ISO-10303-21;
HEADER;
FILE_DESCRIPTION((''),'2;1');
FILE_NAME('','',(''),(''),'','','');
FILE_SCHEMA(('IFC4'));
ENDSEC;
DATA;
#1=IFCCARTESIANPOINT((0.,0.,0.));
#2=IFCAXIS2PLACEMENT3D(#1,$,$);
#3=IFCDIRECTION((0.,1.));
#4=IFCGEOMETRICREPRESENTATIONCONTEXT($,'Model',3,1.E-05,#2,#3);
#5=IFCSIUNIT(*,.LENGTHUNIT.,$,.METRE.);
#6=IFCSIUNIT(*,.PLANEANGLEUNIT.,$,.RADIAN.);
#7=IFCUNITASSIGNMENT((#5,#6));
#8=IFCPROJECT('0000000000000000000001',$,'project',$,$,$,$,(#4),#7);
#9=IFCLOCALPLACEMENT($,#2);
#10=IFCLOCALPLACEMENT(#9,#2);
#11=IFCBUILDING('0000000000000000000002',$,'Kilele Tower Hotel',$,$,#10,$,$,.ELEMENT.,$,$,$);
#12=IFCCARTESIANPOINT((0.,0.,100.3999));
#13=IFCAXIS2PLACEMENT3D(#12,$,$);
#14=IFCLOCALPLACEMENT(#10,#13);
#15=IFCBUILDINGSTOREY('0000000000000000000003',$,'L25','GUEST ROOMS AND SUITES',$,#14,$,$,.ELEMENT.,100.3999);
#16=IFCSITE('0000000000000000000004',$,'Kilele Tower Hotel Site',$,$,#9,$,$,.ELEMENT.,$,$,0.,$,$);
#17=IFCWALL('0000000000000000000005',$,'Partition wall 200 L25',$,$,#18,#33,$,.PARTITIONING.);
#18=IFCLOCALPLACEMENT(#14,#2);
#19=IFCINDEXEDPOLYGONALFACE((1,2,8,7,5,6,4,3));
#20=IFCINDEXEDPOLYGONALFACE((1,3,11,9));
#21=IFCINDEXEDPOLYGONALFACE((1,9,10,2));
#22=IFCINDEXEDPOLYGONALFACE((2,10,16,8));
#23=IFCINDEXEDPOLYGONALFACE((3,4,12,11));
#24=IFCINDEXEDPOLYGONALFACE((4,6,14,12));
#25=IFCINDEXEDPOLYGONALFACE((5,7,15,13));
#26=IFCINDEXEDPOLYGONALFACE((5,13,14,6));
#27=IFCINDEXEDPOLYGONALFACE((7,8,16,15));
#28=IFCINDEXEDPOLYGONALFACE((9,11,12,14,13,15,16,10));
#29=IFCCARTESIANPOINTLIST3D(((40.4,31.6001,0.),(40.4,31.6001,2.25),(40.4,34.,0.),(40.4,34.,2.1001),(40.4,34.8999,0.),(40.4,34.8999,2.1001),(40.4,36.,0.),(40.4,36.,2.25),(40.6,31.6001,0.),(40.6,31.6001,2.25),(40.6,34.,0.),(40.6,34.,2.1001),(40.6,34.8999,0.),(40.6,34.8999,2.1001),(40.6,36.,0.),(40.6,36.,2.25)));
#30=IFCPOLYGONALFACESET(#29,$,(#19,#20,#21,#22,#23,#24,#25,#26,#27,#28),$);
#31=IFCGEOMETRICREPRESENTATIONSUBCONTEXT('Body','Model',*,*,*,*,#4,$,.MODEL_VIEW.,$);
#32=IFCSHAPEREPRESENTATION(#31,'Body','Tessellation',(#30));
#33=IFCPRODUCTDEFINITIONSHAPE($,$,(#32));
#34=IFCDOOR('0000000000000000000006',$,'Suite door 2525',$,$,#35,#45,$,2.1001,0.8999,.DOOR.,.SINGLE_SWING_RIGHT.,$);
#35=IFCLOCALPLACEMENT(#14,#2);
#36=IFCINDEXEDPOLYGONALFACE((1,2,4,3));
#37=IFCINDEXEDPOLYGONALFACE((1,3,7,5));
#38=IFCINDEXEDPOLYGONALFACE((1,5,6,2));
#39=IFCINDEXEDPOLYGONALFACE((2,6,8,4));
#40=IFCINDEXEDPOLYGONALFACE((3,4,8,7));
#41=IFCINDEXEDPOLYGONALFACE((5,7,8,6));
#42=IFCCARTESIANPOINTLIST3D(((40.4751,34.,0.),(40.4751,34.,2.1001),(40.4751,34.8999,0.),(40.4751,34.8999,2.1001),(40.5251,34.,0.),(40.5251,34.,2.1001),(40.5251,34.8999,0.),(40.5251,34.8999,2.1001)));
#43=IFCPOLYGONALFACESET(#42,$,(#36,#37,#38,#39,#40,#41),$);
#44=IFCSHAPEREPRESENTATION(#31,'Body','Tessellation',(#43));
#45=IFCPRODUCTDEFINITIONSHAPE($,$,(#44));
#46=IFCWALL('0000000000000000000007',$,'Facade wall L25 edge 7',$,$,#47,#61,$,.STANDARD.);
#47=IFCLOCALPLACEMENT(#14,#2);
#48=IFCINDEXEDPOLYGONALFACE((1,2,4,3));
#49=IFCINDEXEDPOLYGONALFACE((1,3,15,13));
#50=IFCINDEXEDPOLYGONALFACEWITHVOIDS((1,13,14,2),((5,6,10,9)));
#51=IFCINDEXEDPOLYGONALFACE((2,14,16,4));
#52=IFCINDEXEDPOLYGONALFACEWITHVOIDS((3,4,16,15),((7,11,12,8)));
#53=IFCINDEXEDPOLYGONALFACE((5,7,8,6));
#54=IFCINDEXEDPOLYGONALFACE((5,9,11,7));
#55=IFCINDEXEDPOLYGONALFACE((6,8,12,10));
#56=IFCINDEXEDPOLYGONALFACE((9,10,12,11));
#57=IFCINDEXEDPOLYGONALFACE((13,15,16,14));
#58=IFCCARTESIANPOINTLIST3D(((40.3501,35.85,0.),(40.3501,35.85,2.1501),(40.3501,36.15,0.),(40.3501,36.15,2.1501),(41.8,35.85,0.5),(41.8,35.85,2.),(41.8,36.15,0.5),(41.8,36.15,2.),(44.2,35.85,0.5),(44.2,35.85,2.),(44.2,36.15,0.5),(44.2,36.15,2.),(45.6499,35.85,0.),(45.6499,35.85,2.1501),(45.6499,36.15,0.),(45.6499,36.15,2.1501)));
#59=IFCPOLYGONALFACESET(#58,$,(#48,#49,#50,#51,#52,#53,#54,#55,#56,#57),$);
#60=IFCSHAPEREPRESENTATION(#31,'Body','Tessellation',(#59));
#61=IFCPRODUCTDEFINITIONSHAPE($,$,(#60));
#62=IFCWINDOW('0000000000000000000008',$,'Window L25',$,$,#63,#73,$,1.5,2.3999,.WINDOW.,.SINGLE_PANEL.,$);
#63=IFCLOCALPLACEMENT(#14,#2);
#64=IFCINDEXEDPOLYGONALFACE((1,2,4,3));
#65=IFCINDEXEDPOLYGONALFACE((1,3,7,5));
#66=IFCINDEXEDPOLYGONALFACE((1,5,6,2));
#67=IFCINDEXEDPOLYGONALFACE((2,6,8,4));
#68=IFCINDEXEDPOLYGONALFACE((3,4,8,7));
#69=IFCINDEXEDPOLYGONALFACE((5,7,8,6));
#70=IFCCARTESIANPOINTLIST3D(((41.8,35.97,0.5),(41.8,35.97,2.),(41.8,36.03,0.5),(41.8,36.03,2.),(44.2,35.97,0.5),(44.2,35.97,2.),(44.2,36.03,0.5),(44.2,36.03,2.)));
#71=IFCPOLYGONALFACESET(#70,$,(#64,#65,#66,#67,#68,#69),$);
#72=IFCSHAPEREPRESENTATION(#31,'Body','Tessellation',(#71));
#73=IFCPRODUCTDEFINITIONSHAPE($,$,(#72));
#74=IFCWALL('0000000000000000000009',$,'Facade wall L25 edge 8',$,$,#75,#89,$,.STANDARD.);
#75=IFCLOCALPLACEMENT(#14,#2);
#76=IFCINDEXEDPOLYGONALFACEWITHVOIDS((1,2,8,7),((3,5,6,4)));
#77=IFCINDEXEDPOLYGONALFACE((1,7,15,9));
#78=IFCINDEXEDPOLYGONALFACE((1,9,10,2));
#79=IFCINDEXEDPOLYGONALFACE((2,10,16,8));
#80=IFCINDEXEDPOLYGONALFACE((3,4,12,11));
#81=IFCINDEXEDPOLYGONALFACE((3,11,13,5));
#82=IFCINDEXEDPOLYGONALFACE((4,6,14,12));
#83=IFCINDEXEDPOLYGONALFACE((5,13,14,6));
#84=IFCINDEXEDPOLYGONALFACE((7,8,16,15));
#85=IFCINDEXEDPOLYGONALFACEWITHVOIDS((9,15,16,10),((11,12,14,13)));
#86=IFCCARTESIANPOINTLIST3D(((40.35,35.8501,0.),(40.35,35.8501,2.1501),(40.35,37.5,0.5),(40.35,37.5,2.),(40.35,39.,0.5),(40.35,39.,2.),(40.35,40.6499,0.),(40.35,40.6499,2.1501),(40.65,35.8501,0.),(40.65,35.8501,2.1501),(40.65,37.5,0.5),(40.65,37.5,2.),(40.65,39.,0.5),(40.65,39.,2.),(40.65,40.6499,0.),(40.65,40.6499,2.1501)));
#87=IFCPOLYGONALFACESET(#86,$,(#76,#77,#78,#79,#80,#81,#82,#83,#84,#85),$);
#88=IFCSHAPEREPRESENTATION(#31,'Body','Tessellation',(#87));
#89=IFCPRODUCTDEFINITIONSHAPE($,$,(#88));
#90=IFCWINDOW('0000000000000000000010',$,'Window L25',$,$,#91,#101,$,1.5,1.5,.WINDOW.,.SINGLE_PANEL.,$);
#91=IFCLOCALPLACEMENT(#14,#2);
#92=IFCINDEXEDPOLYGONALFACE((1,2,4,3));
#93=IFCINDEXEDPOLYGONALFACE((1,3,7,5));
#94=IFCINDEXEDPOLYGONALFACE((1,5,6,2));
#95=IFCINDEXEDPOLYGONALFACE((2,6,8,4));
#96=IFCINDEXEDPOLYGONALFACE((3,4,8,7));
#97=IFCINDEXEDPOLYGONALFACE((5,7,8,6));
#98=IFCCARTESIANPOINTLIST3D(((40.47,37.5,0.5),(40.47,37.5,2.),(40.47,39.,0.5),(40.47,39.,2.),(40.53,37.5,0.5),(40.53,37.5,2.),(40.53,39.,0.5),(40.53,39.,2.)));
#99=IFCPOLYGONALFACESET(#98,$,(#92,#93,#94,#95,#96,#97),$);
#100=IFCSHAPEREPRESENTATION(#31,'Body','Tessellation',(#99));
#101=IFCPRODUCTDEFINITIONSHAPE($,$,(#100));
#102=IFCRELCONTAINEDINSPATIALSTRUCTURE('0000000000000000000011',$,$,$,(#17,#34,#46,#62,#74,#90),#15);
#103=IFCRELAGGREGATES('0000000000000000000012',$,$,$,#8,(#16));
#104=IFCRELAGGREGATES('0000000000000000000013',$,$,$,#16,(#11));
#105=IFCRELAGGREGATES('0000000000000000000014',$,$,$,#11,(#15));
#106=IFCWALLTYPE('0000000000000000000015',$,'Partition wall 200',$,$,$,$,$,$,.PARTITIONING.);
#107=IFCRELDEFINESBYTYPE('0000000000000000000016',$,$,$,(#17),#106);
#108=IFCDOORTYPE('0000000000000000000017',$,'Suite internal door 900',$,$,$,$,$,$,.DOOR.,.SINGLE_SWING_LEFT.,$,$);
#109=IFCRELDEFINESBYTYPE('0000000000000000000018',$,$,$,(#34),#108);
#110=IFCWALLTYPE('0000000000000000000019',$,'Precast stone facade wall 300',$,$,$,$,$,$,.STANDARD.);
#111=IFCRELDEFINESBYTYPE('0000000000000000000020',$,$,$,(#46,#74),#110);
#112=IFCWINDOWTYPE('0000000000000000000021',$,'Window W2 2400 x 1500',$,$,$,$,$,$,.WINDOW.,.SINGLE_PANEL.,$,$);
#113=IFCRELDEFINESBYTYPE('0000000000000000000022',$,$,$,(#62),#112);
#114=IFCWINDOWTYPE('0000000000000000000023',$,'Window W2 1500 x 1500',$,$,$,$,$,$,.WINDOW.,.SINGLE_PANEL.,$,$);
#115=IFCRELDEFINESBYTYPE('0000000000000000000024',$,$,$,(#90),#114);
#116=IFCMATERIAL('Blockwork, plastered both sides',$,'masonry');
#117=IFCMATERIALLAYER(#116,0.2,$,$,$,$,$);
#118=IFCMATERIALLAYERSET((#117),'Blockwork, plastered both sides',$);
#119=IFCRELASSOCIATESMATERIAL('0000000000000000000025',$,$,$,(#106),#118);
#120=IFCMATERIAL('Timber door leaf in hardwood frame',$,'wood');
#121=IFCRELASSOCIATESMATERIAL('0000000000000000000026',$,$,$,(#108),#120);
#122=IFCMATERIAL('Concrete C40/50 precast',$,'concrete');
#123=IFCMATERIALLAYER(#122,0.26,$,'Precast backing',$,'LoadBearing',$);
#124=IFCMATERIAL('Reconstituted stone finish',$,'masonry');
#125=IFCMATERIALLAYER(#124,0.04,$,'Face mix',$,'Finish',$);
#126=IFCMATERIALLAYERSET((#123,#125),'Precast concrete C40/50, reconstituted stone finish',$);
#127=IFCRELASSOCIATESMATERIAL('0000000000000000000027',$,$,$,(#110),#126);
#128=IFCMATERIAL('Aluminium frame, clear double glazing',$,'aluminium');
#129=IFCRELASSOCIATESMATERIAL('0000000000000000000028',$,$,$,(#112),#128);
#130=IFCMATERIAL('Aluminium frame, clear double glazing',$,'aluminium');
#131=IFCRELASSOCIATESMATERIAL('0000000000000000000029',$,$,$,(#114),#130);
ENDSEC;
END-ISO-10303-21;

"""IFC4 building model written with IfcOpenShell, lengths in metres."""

from ifc_helpers import new_model, si_unit, direction, frame, frame_2d, origin, place, context, subcontext, project, spatial, rectangle, extrude, material, layer, layer_set, type_object, element, fill, save


model = new_model("IFC4")

# Units and contexts
model_context = context("Model", 3, precision=1e-05, world=origin(), true_north=direction((0.0, 1.0)))
body_context = subcontext(model_context, "Body", "Model", "MODEL_VIEW")
ifc_project = project(units=[si_unit("LENGTHUNIT", "METRE"), si_unit("PLANEANGLEUNIT", "RADIAN")], contexts=[model_context])

# Site, building, storey
site_placement = place(None, origin())
site = spatial("IfcSite", under=ifc_project, at=site_placement, Name="Kilele Tower Hotel Site", CompositionType="ELEMENT", RefElevation=0.0)
building_placement = place(site_placement, origin())
building = spatial("IfcBuilding", under=site, at=building_placement, Name="Kilele Tower Hotel", CompositionType="ELEMENT")
storey_placement = place(building_placement, frame((0.0, 0.0, 100.3999)))
storey = spatial("IfcBuildingStorey", under=building, at=storey_placement, Name="L25", Description="GUEST ROOMS AND SUITES", CompositionType="ELEMENT", Elevation=100.3999)

# Wall, opening, door
ifc_material_1 = material(Name="Blockwork, plastered both sides", Category="masonry")
ifc_layer_1 = layer(ifc_material_1, 0.2)
ifc_layer_set_1 = layer_set([ifc_layer_1], Name="Blockwork, plastered both sides")
wall_type_1 = type_object("IfcWallType", Name="Partition wall 200", PredefinedType="PARTITIONING", material=ifc_layer_set_1)
wall_1_placement = place(storey_placement, frame((40.5, 31.6001, 0.0), z_axis=(0.0, 0.0, 1.0), x_axis=(0.0, 1.0, 0.0)))
wall_1 = element("IfcWall", 1, at=wall_1_placement, inside=storey, type_object=wall_type_1, Name="Partition wall 200 L25", PredefinedType="PARTITIONING", context=body_context, shape_type="SweptSolid", body=[
    extrude(rectangle(XDim=4.3999, YDim=0.2, at=frame_2d((2.2, 0.0))), origin(), (0.0, 0.0, 1.0), 2.25),
])
opening_1_placement = place(wall_1_placement, frame((2.3999, 0.0, 0.0)))
opening_1 = element("IfcOpeningElement", 2, at=opening_1_placement, cuts=wall_1, PredefinedType="OPENING", context=body_context, shape_type="SweptSolid", body=[
    extrude(rectangle(XDim=0.8999, YDim=2.1001, at=frame_2d((0.45, 1.05))), frame((0.0, 0.1099, 0.0), z_axis=(0.0, -1.0, 0.0), x_axis=(1.0, 0.0, 0.0)), (0.0, 0.0, 1.0), 0.22),
])
ifc_material_2 = material(Name="Timber door leaf in hardwood frame", Category="wood")
door_type_1 = type_object("IfcDoorType", Name="Suite internal door 900", OperationType="SINGLE_SWING_LEFT", PredefinedType="DOOR", material=ifc_material_2)
door_1_placement = place(opening_1_placement, origin())
door_1 = element("IfcDoor", 3, at=door_1_placement, inside=storey, type_object=door_type_1, Name="Suite door 2525", OperationType="SINGLE_SWING_RIGHT", OverallHeight=2.1001, OverallWidth=0.8999, PredefinedType="DOOR", context=body_context, shape_type="SweptSolid", body=[
    extrude(rectangle(XDim=0.8999, YDim=2.1001, at=frame_2d((0.45, 1.05))), frame((0.0, 0.0249, 0.0), z_axis=(0.0, -1.0, 0.0), x_axis=(1.0, 0.0, 0.0)), (0.0, 0.0, 1.0), 0.05),
])
fill(opening_1, door_1)

# Walls, openings, windows
ifc_material_3 = material(Name="Concrete C40/50 precast", Category="concrete")
ifc_layer_2 = layer(ifc_material_3, 0.26, Name="Precast backing", Category="LoadBearing")
ifc_material_4 = material(Name="Reconstituted stone finish", Category="masonry")
ifc_layer_3 = layer(ifc_material_4, 0.04, Name="Face mix", Category="Finish")
ifc_layer_set_2 = layer_set([ifc_layer_2, ifc_layer_3], Name="Precast concrete C40/50, reconstituted stone finish")
wall_type_2 = type_object("IfcWallType", Name="Precast stone facade wall 300", PredefinedType="STANDARD", material=ifc_layer_set_2)
wall_2_placement = place(storey_placement, frame((45.6499, 36.0, 0.0), z_axis=(0.0, 0.0, 1.0), x_axis=(-1.0, 0.0, 0.0)))
wall_2 = element("IfcWall", 4, at=wall_2_placement, inside=storey, type_object=wall_type_2, Name="Facade wall L25 edge 7", PredefinedType="STANDARD", context=body_context, shape_type="SweptSolid", body=[
    extrude(rectangle(XDim=5.2998, YDim=0.3, at=frame_2d((2.6499, 0.0))), origin(), (0.0, 0.0, 1.0), 2.1501),
])
opening_2_placement = place(wall_2_placement, frame((1.45, 0.0, 0.5)))
opening_2 = element("IfcOpeningElement", 5, at=opening_2_placement, cuts=wall_2, PredefinedType="OPENING", context=body_context, shape_type="SweptSolid", body=[
    extrude(rectangle(XDim=2.3999, YDim=1.5, at=frame_2d((1.2, 0.75))), frame((0.0, 0.1599, 0.0), z_axis=(0.0, -1.0, 0.0), x_axis=(1.0, 0.0, 0.0)), (0.0, 0.0, 1.0), 0.3201),
])
ifc_material_5 = material(Name="Aluminium frame, clear double glazing", Category="aluminium")
window_type_1 = type_object("IfcWindowType", Name="Window W2 2400 x 1500", PartitioningType="SINGLE_PANEL", PredefinedType="WINDOW", material=ifc_material_5)
window_1_placement = place(opening_2_placement, origin())
window_1 = element("IfcWindow", 6, at=window_1_placement, inside=storey, type_object=window_type_1, Name="Window L25", OverallHeight=1.5, OverallWidth=2.3999, PartitioningType="SINGLE_PANEL", PredefinedType="WINDOW", context=body_context, shape_type="SweptSolid", body=[
    extrude(rectangle(XDim=2.3999, YDim=1.5, at=frame_2d((1.2, 0.75))), frame((0.0, 0.03, 0.0), z_axis=(0.0, -1.0, 0.0), x_axis=(1.0, 0.0, 0.0)), (0.0, 0.0, 1.0), 0.0601),
])
fill(opening_2, window_1)
wall_3_placement = place(storey_placement, frame((40.5, 35.8501, 0.0), z_axis=(0.0, 0.0, 1.0), x_axis=(0.0, 1.0, 0.0)))
wall_3 = element("IfcWall", 7, at=wall_3_placement, inside=storey, type_object=wall_type_2, Name="Facade wall L25 edge 8", PredefinedType="STANDARD", context=body_context, shape_type="SweptSolid", body=[
    extrude(rectangle(XDim=4.7998, YDim=0.3, at=frame_2d((2.3999, 0.0))), origin(), (0.0, 0.0, 1.0), 2.1501),
])
opening_3_placement = place(wall_3_placement, frame((1.6499, 0.0, 0.5)))
opening_3 = element("IfcOpeningElement", 8, at=opening_3_placement, cuts=wall_3, PredefinedType="OPENING", context=body_context, shape_type="SweptSolid", body=[
    extrude(rectangle(XDim=1.5, YDim=1.5, at=frame_2d((0.75, 0.75))), frame((0.0, 0.1599, 0.0), z_axis=(0.0, -1.0, 0.0), x_axis=(1.0, 0.0, 0.0)), (0.0, 0.0, 1.0), 0.3201),
])
ifc_material_6 = material(Name="Aluminium frame, clear double glazing", Category="aluminium")
window_type_2 = type_object("IfcWindowType", Name="Window W2 1500 x 1500", PartitioningType="SINGLE_PANEL", PredefinedType="WINDOW", material=ifc_material_6)
window_2_placement = place(opening_3_placement, origin())
window_2 = element("IfcWindow", 9, at=window_2_placement, inside=storey, type_object=window_type_2, Name="Window L25", OverallHeight=1.5, OverallWidth=1.5, PartitioningType="SINGLE_PANEL", PredefinedType="WINDOW", context=body_context, shape_type="SweptSolid", body=[
    extrude(rectangle(XDim=1.5, YDim=1.5, at=frame_2d((0.75, 0.75))), frame((0.0, 0.03, 0.0), z_axis=(0.0, -1.0, 0.0), x_axis=(1.0, 0.0, 0.0)), (0.0, 0.0, 1.0), 0.0601),
])
fill(opening_3, window_2)

save(model, "model.ifc")
